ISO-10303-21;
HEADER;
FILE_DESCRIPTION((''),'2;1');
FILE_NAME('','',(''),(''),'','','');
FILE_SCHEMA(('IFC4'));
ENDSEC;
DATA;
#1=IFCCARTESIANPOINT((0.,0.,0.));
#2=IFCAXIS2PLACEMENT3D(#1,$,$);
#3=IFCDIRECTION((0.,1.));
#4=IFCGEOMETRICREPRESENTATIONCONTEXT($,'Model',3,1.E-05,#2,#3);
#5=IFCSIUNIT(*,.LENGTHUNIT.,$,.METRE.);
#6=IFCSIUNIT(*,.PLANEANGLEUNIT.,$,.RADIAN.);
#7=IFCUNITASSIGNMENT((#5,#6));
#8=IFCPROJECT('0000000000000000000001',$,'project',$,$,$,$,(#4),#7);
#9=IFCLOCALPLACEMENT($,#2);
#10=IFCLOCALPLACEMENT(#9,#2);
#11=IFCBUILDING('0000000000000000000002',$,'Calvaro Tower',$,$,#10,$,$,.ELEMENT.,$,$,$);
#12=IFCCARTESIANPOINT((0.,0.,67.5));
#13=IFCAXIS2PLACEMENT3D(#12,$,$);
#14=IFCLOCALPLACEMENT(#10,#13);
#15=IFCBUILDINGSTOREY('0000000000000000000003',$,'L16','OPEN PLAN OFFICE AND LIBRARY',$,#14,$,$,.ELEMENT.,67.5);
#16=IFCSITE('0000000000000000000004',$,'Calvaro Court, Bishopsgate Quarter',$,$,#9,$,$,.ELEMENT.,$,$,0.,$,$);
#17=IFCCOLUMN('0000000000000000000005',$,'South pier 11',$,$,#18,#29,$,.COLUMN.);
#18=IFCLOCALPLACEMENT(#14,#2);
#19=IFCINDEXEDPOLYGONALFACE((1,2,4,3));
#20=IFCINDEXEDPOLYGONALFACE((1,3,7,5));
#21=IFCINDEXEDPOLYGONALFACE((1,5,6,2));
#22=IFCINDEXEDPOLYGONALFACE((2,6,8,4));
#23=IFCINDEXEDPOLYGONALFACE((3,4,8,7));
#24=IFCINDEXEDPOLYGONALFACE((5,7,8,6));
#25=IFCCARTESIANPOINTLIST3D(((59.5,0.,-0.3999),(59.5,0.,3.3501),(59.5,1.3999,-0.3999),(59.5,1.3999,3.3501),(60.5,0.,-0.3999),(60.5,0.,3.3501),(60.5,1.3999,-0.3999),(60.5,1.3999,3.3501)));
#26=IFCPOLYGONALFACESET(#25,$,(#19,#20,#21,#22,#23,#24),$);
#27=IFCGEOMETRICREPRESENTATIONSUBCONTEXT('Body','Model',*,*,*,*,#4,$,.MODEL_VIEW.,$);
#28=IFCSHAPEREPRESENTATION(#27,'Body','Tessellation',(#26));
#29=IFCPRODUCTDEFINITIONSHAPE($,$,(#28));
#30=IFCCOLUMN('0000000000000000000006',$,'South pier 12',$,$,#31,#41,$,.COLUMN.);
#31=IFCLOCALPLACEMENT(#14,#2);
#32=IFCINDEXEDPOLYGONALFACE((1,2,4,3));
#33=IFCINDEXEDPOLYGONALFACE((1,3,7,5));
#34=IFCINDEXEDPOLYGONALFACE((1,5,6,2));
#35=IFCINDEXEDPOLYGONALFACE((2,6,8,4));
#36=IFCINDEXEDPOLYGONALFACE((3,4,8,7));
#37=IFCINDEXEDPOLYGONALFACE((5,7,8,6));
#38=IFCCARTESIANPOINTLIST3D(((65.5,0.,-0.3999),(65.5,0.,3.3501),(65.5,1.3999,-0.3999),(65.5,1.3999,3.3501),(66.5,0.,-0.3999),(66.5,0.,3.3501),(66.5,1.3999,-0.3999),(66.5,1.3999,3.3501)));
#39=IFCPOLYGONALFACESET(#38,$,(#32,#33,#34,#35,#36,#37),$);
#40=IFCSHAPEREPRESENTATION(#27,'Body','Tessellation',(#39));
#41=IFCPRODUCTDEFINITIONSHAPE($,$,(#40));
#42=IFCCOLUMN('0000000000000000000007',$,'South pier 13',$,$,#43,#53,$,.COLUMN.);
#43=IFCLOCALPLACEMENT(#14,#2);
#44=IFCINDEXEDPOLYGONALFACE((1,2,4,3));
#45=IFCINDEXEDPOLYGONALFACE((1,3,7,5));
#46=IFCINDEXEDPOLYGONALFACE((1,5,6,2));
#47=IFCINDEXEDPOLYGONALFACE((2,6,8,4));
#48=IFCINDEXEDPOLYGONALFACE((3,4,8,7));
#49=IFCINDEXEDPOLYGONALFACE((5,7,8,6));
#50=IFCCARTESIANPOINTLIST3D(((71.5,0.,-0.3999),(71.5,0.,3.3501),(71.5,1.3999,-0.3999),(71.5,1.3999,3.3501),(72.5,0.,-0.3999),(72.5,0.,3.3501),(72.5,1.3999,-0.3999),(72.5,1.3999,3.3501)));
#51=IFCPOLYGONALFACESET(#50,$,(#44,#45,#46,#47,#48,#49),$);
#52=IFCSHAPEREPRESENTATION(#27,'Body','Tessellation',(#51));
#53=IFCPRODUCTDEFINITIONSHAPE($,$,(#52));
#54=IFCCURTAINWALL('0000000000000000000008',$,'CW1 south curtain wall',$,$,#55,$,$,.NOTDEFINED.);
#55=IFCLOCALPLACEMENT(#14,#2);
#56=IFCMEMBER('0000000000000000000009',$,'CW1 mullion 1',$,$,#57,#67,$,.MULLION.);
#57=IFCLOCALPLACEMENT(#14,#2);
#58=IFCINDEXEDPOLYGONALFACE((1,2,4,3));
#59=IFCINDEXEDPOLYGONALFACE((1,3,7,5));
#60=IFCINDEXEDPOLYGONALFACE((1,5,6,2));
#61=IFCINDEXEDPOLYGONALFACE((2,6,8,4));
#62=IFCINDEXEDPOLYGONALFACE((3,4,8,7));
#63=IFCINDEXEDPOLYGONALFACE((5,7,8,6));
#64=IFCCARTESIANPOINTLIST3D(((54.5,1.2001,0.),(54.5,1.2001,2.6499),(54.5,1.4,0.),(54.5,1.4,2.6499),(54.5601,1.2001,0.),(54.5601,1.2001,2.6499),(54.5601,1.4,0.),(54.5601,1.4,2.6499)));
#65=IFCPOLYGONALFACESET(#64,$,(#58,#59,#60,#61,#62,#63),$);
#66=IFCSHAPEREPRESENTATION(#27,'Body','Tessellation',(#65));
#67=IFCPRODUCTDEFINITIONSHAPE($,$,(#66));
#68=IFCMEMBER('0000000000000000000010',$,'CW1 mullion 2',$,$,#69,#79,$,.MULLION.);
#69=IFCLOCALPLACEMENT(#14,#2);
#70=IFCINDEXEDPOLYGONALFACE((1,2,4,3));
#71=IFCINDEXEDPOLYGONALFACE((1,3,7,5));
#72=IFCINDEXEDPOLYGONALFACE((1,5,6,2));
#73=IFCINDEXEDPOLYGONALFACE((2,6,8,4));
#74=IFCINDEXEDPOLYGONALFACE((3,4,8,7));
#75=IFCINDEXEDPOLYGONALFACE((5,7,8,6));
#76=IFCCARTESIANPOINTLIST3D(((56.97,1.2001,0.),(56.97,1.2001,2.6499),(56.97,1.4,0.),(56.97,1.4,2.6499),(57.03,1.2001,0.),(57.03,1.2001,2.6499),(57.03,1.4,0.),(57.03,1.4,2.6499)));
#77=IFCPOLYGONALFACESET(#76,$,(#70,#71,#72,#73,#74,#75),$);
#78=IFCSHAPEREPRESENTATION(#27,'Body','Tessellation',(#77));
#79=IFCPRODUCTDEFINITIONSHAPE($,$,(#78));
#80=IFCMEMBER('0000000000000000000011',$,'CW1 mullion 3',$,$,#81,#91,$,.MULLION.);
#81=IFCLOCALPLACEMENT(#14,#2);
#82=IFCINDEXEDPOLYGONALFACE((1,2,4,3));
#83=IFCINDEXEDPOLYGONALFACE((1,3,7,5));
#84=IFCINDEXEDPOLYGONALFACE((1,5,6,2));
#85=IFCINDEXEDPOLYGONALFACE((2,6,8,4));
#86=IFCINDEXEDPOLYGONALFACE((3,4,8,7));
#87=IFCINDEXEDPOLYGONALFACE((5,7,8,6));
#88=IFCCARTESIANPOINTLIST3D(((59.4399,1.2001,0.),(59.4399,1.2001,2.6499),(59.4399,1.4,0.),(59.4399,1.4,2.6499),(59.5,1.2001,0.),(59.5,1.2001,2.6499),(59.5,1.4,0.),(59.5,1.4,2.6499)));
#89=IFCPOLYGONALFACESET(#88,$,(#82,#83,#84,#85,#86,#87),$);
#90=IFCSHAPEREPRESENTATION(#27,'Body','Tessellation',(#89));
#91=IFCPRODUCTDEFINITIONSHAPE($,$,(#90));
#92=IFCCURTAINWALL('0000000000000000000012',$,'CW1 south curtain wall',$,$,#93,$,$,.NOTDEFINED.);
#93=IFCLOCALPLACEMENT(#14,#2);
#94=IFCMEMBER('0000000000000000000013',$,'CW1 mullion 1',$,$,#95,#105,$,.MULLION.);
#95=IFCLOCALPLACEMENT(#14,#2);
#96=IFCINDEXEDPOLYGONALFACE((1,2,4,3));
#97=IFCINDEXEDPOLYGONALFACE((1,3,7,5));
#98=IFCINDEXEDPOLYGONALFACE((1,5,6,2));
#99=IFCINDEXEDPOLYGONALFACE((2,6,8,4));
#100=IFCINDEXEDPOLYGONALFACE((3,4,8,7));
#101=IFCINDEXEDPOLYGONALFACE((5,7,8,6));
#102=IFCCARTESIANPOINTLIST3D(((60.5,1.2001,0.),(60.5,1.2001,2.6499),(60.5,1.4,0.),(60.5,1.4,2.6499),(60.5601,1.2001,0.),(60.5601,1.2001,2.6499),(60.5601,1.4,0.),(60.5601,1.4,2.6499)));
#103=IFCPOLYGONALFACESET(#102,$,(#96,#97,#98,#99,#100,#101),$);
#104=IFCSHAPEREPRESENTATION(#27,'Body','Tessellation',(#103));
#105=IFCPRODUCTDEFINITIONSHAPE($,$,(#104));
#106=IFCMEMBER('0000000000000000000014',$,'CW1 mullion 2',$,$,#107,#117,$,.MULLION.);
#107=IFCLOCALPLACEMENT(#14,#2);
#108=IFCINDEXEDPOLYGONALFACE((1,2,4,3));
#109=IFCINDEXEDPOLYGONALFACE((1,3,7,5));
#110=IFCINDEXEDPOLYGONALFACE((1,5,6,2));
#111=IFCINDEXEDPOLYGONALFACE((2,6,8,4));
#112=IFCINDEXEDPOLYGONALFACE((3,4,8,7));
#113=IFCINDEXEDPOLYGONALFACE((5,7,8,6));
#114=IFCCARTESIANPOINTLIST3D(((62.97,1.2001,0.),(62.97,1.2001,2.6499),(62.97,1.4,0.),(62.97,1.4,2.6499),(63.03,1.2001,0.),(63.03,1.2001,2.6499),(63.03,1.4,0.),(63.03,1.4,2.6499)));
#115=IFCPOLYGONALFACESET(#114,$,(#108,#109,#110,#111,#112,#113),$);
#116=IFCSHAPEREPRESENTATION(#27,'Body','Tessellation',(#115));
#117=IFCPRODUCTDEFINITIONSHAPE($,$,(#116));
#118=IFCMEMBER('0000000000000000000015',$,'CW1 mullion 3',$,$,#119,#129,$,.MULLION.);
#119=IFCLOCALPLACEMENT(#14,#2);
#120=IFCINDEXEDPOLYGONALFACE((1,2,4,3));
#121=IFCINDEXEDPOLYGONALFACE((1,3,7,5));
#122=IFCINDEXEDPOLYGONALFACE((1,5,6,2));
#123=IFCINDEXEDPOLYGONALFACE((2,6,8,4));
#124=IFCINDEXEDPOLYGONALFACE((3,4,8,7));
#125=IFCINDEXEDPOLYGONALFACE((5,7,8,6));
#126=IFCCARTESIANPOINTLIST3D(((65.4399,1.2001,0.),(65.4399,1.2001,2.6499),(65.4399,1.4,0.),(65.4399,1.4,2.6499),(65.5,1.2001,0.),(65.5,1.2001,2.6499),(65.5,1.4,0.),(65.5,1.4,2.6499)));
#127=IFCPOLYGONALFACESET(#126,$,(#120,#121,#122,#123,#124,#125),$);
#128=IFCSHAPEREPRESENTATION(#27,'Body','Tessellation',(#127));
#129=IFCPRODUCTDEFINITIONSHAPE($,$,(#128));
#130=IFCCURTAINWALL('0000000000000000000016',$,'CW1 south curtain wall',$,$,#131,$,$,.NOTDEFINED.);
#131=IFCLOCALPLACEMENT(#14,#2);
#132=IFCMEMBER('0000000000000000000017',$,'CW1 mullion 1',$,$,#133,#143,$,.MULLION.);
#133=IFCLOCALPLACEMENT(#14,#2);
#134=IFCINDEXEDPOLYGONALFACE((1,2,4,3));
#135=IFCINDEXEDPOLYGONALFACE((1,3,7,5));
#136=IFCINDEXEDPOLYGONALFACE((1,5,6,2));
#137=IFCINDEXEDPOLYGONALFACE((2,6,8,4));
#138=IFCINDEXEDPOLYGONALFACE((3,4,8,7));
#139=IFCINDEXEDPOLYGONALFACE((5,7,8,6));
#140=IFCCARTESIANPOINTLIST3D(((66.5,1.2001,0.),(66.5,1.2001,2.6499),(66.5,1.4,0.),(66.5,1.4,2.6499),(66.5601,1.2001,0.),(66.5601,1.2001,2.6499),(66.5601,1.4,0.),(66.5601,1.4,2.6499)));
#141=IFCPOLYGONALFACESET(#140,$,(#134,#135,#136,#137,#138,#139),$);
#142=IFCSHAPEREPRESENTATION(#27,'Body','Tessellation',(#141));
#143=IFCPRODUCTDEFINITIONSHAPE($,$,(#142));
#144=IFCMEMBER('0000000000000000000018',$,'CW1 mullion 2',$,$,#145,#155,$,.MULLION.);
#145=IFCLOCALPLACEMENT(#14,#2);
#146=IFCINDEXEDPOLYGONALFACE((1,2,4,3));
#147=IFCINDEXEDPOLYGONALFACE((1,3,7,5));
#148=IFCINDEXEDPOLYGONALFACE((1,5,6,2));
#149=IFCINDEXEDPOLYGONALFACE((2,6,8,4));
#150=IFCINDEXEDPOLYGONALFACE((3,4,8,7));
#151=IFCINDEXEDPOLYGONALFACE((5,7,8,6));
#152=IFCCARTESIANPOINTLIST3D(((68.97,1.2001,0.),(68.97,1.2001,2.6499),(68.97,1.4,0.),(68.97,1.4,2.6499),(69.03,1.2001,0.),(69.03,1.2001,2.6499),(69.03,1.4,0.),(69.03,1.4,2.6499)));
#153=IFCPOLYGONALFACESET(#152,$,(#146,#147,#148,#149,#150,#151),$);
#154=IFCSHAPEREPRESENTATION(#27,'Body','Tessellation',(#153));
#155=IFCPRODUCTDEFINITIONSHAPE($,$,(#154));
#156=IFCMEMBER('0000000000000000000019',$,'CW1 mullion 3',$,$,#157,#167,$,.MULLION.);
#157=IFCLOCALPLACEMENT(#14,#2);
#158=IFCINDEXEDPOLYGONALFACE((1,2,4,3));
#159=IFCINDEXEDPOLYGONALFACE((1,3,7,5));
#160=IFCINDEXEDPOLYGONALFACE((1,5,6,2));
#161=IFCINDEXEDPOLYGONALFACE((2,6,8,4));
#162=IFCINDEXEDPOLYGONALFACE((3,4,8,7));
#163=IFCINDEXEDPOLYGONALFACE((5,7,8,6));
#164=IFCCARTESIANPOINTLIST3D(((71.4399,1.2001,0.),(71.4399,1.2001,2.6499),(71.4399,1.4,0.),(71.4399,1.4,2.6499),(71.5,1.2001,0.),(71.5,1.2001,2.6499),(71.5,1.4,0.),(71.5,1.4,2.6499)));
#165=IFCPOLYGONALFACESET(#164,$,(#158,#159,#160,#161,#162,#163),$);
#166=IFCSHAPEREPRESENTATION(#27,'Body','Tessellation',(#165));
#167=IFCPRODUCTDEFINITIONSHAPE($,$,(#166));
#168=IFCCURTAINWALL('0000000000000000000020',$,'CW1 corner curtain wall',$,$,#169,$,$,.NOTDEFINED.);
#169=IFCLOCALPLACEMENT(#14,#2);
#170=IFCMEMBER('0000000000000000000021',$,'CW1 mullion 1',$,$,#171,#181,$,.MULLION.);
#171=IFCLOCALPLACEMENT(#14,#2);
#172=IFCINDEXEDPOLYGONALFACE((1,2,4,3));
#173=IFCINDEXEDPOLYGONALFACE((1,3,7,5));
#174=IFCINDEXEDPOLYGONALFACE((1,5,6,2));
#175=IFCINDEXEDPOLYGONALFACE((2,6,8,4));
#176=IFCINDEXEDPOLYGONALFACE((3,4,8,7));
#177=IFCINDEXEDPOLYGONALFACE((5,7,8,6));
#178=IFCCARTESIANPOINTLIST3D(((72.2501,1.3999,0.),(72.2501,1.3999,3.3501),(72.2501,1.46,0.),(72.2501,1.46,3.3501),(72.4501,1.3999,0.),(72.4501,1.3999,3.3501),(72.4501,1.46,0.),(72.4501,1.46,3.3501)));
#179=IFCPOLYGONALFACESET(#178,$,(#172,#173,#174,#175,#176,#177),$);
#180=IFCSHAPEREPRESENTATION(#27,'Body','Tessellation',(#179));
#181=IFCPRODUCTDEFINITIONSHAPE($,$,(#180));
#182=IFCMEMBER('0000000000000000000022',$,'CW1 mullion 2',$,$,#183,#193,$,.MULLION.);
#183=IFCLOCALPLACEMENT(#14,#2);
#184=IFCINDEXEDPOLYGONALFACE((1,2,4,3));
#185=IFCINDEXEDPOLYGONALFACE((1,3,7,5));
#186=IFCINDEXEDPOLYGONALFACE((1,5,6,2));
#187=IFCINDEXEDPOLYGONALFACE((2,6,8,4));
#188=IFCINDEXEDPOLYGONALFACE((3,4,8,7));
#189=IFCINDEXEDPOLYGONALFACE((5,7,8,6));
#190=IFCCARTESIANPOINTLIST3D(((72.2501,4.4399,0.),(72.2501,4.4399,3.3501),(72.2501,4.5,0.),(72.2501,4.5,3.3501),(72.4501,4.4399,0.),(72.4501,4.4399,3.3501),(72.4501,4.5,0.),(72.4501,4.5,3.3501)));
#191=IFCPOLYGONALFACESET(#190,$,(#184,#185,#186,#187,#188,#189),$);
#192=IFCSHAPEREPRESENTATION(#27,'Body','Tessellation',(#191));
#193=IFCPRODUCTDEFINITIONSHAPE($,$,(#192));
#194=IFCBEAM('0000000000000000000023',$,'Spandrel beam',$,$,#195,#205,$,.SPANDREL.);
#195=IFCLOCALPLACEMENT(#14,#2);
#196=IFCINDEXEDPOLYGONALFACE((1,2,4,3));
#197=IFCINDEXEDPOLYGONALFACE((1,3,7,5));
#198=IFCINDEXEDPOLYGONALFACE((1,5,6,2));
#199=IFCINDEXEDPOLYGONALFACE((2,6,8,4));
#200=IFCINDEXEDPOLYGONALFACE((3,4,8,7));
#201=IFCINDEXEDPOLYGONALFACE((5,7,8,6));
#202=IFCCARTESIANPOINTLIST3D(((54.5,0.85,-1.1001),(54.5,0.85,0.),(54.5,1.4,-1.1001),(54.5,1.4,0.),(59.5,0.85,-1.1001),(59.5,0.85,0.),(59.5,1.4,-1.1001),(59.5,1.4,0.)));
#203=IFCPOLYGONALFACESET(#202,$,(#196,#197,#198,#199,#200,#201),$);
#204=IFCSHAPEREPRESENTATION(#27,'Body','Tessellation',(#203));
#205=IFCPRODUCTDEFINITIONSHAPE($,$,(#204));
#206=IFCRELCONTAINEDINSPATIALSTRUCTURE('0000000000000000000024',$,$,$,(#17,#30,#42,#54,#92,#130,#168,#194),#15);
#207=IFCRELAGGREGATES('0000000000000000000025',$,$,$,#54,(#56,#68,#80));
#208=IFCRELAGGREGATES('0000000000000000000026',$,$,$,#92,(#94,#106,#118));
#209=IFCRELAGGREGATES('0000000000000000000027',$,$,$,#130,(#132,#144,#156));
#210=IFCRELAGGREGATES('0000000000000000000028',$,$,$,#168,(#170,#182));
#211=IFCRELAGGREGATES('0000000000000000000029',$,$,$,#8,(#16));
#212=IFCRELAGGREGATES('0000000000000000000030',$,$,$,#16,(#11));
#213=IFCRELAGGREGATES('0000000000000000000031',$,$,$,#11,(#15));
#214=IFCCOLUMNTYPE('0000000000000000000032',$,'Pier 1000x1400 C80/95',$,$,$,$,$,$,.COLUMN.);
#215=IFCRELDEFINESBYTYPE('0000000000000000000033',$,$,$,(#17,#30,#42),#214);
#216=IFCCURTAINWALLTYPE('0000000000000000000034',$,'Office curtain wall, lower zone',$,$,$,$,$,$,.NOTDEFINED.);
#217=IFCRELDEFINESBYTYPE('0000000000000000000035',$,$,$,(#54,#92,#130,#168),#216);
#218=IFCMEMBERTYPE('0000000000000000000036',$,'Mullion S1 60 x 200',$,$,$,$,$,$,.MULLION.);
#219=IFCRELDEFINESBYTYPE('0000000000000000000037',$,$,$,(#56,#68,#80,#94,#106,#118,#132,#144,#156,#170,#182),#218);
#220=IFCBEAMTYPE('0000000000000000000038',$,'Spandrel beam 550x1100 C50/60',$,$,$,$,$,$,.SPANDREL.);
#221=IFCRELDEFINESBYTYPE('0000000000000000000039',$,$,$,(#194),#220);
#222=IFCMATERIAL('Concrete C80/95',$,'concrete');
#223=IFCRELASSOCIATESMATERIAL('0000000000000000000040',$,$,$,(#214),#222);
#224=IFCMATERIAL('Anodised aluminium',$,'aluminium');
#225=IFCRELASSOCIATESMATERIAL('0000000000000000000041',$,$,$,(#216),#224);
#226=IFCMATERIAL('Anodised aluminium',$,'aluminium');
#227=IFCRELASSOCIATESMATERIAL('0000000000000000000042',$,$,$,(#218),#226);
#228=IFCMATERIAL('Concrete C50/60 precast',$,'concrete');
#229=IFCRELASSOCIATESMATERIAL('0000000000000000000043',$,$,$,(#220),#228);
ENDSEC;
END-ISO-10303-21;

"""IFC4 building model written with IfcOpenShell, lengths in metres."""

from ifc_helpers import new_model, si_unit, direction, frame, origin, origin_2d, place, context, subcontext, project, spatial, rectangle, extrude, material, material_profile, profile_set, type_object, element, aggregate, save


model = new_model("IFC4")

# Units and contexts
model_context = context("Model", 3, precision=1e-05, world=origin(), true_north=direction((0.0, 1.0)))
body_context = subcontext(model_context, "Body", "Model", "MODEL_VIEW")
ifc_project = project(units=[si_unit("LENGTHUNIT", "METRE"), si_unit("PLANEANGLEUNIT", "RADIAN")], contexts=[model_context])

# Site, building, storey
site_placement = place(None, origin())
site = spatial("IfcSite", under=ifc_project, at=site_placement, Name="Calvaro Court, Bishopsgate Quarter", CompositionType="ELEMENT", RefElevation=0.0)
building_placement = place(site_placement, origin())
building = spatial("IfcBuilding", under=site, at=building_placement, Name="Calvaro Tower", CompositionType="ELEMENT")
storey_placement = place(building_placement, frame((0.0, 0.0, 67.5)))
storey = spatial("IfcBuildingStorey", under=building, at=storey_placement, Name="L16", Description="OPEN PLAN OFFICE AND LIBRARY", CompositionType="ELEMENT", Elevation=67.5)

# Columns
ifc_material_1 = material(Name="Concrete C80/95", Category="concrete")
ifc_material_profile_1 = material_profile(ifc_material_1, rectangle(XDim=1.0, YDim=1.3999, at=origin_2d()), Name="RC 1000x1400")
ifc_profile_set_1 = profile_set([ifc_material_profile_1], Name="Concrete C80/95")
column_type = type_object("IfcColumnType", Name="Pier 1000x1400 C80/95", PredefinedType="COLUMN", material=ifc_profile_set_1)
for number, where, z_axis, x_axis, name in (
    (1, (60.0, 0.7, -0.3999), (0.0, 0.0, 1.0), (1.0, 0.0, 0.0), "South pier 11"),
    (2, (66.0, 0.7, -0.3999), (0.0, 0.0, 1.0), (1.0, 0.0, 0.0), "South pier 12"),
    (3, (72.0, 0.7, -0.3999), (0.0, 0.0, 1.0), (1.0, 0.0, 0.0), "South pier 13"),
):
    element("IfcColumn", number, at=place(storey_placement, frame(where, z_axis=z_axis, x_axis=x_axis)), inside=storey, type_object=column_type, Name=name, PredefinedType="COLUMN", context=body_context, shape_type="SweptSolid", body=[
        extrude(rectangle(XDim=1.0, YDim=1.3999, at=origin_2d()), origin(), (0.0, 0.0, 1.0), 3.75),
    ])

# Curtain walls, members
ifc_material_2 = material(Name="Anodised aluminium", Category="aluminium")
curtain_wall_type = type_object("IfcCurtainWallType", Name="Office curtain wall, lower zone", PredefinedType="NOTDEFINED", material=ifc_material_2)
curtain_wall_1_placement = place(storey_placement, origin())
curtain_wall_1 = element("IfcCurtainWall", 4, at=curtain_wall_1_placement, inside=storey, type_object=curtain_wall_type, Name="CW1 south curtain wall", PredefinedType="NOTDEFINED")
ifc_material_3 = material(Name="Anodised aluminium", Category="aluminium")
ifc_material_profile_2 = material_profile(ifc_material_3, rectangle(XDim=0.2, YDim=0.0601, at=origin_2d()), Name="Mullion S1 60 x 200")
ifc_profile_set_2 = profile_set([ifc_material_profile_2], Name="Anodised aluminium")
member_type_1 = type_object("IfcMemberType", Name="Mullion S1 60 x 200", PredefinedType="MULLION", material=ifc_profile_set_2)
member_1_placement = place(storey_placement, frame((54.53, 1.3, 0.0), z_axis=(0.0, 0.0, 1.0), x_axis=(0.0, 1.0, 0.0)))
member_1 = element("IfcMember", 5, at=member_1_placement, type_object=member_type_1, Name="CW1 mullion 1", PredefinedType="MULLION", context=body_context, shape_type="SweptSolid", body=[
    extrude(rectangle(XDim=0.2, YDim=0.0601, at=origin_2d()), origin(), (0.0, 0.0, 1.0), 2.6499),
])
member_2_placement = place(storey_placement, frame((57.0, 1.3, 0.0), z_axis=(0.0, 0.0, 1.0), x_axis=(0.0, 1.0, 0.0)))
member_2 = element("IfcMember", 6, at=member_2_placement, type_object=member_type_1, Name="CW1 mullion 2", PredefinedType="MULLION", context=body_context, shape_type="SweptSolid", body=[
    extrude(rectangle(XDim=0.2, YDim=0.0601, at=origin_2d()), origin(), (0.0, 0.0, 1.0), 2.6499),
])
member_3_placement = place(storey_placement, frame((59.47, 1.3, 0.0), z_axis=(0.0, 0.0, 1.0), x_axis=(0.0, 1.0, 0.0)))
member_3 = element("IfcMember", 7, at=member_3_placement, type_object=member_type_1, Name="CW1 mullion 3", PredefinedType="MULLION", context=body_context, shape_type="SweptSolid", body=[
    extrude(rectangle(XDim=0.2, YDim=0.0601, at=origin_2d()), origin(), (0.0, 0.0, 1.0), 2.6499),
])
curtain_wall_2_placement = place(storey_placement, origin())
curtain_wall_2 = element("IfcCurtainWall", 8, at=curtain_wall_2_placement, inside=storey, type_object=curtain_wall_type, Name="CW1 south curtain wall", PredefinedType="NOTDEFINED")
member_4_placement = place(storey_placement, frame((60.53, 1.3, 0.0), z_axis=(0.0, 0.0, 1.0), x_axis=(0.0, 1.0, 0.0)))
member_4 = element("IfcMember", 9, at=member_4_placement, type_object=member_type_1, Name="CW1 mullion 1", PredefinedType="MULLION", context=body_context, shape_type="SweptSolid", body=[
    extrude(rectangle(XDim=0.2, YDim=0.0601, at=origin_2d()), origin(), (0.0, 0.0, 1.0), 2.6499),
])
member_5_placement = place(storey_placement, frame((63.0, 1.3, 0.0), z_axis=(0.0, 0.0, 1.0), x_axis=(0.0, 1.0, 0.0)))
member_5 = element("IfcMember", 10, at=member_5_placement, type_object=member_type_1, Name="CW1 mullion 2", PredefinedType="MULLION", context=body_context, shape_type="SweptSolid", body=[
    extrude(rectangle(XDim=0.2, YDim=0.0601, at=origin_2d()), origin(), (0.0, 0.0, 1.0), 2.6499),
])
member_6_placement = place(storey_placement, frame((65.47, 1.3, 0.0), z_axis=(0.0, 0.0, 1.0), x_axis=(0.0, 1.0, 0.0)))
member_6 = element("IfcMember", 11, at=member_6_placement, type_object=member_type_1, Name="CW1 mullion 3", PredefinedType="MULLION", context=body_context, shape_type="SweptSolid", body=[
    extrude(rectangle(XDim=0.2, YDim=0.0601, at=origin_2d()), origin(), (0.0, 0.0, 1.0), 2.6499),
])
curtain_wall_3_placement = place(storey_placement, origin())
curtain_wall_3 = element("IfcCurtainWall", 12, at=curtain_wall_3_placement, inside=storey, type_object=curtain_wall_type, Name="CW1 south curtain wall", PredefinedType="NOTDEFINED")
member_7_placement = place(storey_placement, frame((66.53, 1.3, 0.0), z_axis=(0.0, 0.0, 1.0), x_axis=(0.0, 1.0, 0.0)))
member_7 = element("IfcMember", 13, at=member_7_placement, type_object=member_type_1, Name="CW1 mullion 1", PredefinedType="MULLION", context=body_context, shape_type="SweptSolid", body=[
    extrude(rectangle(XDim=0.2, YDim=0.0601, at=origin_2d()), origin(), (0.0, 0.0, 1.0), 2.6499),
])
member_8_placement = place(storey_placement, frame((69.0, 1.3, 0.0), z_axis=(0.0, 0.0, 1.0), x_axis=(0.0, 1.0, 0.0)))
member_8 = element("IfcMember", 14, at=member_8_placement, type_object=member_type_1, Name="CW1 mullion 2", PredefinedType="MULLION", context=body_context, shape_type="SweptSolid", body=[
    extrude(rectangle(XDim=0.2, YDim=0.0601, at=origin_2d()), origin(), (0.0, 0.0, 1.0), 2.6499),
])
member_9_placement = place(storey_placement, frame((71.47, 1.3, 0.0), z_axis=(0.0, 0.0, 1.0), x_axis=(0.0, 1.0, 0.0)))
member_9 = element("IfcMember", 15, at=member_9_placement, type_object=member_type_1, Name="CW1 mullion 3", PredefinedType="MULLION", context=body_context, shape_type="SweptSolid", body=[
    extrude(rectangle(XDim=0.2, YDim=0.0601, at=origin_2d()), origin(), (0.0, 0.0, 1.0), 2.6499),
])
curtain_wall_4_placement = place(storey_placement, origin())
curtain_wall_4 = element("IfcCurtainWall", 16, at=curtain_wall_4_placement, inside=storey, type_object=curtain_wall_type, Name="CW1 corner curtain wall", PredefinedType="NOTDEFINED")
member_10_placement = place(storey_placement, frame((72.3501, 1.4299, 0.0), z_axis=(0.0, 0.0, 1.0), x_axis=(-1.0, 0.0, 0.0)))
member_10 = element("IfcMember", 17, at=member_10_placement, type_object=member_type_1, Name="CW1 mullion 1", PredefinedType="MULLION", context=body_context, shape_type="SweptSolid", body=[
    extrude(rectangle(XDim=0.2, YDim=0.0601, at=origin_2d()), origin(), (0.0, 0.0, 1.0), 3.3501),
])
member_11_placement = place(storey_placement, frame((72.3501, 4.47, 0.0), z_axis=(0.0, 0.0, 1.0), x_axis=(-1.0, 0.0, 0.0)))
member_11 = element("IfcMember", 18, at=member_11_placement, type_object=member_type_1, Name="CW1 mullion 2", PredefinedType="MULLION", context=body_context, shape_type="SweptSolid", body=[
    extrude(rectangle(XDim=0.2, YDim=0.0601, at=origin_2d()), origin(), (0.0, 0.0, 1.0), 3.3501),
])

# Beam
ifc_material_4 = material(Name="Concrete C50/60 precast", Category="concrete")
ifc_material_profile_3 = material_profile(ifc_material_4, rectangle(XDim=0.55, YDim=1.1001, at=origin_2d()), Name="RC 550x1100")
ifc_profile_set_3 = profile_set([ifc_material_profile_3], Name="Concrete C50/60 precast")
beam_type = type_object("IfcBeamType", Name="Spandrel beam 550x1100 C50/60", PredefinedType="SPANDREL", material=ifc_profile_set_3)
for number, where, z_axis, x_axis, name in (
    (19, (54.5, 1.125, -0.55), (1.0, 0.0, 0.0), (0.0, 1.0, 0.0), "Spandrel beam"),
):
    element("IfcBeam", number, at=place(storey_placement, frame(where, z_axis=z_axis, x_axis=x_axis)), inside=storey, type_object=beam_type, Name=name, PredefinedType="SPANDREL", context=body_context, shape_type="SweptSolid", body=[
        extrude(rectangle(XDim=0.55, YDim=1.1001, at=origin_2d()), origin(), (0.0, 0.0, 1.0), 5.0),
    ])

aggregate(curtain_wall_1, [member_1, member_2, member_3])
aggregate(curtain_wall_2, [member_4, member_5, member_6])
aggregate(curtain_wall_3, [member_7, member_8, member_9])
aggregate(curtain_wall_4, [member_10, member_11])

save(model, "model.ifc")
